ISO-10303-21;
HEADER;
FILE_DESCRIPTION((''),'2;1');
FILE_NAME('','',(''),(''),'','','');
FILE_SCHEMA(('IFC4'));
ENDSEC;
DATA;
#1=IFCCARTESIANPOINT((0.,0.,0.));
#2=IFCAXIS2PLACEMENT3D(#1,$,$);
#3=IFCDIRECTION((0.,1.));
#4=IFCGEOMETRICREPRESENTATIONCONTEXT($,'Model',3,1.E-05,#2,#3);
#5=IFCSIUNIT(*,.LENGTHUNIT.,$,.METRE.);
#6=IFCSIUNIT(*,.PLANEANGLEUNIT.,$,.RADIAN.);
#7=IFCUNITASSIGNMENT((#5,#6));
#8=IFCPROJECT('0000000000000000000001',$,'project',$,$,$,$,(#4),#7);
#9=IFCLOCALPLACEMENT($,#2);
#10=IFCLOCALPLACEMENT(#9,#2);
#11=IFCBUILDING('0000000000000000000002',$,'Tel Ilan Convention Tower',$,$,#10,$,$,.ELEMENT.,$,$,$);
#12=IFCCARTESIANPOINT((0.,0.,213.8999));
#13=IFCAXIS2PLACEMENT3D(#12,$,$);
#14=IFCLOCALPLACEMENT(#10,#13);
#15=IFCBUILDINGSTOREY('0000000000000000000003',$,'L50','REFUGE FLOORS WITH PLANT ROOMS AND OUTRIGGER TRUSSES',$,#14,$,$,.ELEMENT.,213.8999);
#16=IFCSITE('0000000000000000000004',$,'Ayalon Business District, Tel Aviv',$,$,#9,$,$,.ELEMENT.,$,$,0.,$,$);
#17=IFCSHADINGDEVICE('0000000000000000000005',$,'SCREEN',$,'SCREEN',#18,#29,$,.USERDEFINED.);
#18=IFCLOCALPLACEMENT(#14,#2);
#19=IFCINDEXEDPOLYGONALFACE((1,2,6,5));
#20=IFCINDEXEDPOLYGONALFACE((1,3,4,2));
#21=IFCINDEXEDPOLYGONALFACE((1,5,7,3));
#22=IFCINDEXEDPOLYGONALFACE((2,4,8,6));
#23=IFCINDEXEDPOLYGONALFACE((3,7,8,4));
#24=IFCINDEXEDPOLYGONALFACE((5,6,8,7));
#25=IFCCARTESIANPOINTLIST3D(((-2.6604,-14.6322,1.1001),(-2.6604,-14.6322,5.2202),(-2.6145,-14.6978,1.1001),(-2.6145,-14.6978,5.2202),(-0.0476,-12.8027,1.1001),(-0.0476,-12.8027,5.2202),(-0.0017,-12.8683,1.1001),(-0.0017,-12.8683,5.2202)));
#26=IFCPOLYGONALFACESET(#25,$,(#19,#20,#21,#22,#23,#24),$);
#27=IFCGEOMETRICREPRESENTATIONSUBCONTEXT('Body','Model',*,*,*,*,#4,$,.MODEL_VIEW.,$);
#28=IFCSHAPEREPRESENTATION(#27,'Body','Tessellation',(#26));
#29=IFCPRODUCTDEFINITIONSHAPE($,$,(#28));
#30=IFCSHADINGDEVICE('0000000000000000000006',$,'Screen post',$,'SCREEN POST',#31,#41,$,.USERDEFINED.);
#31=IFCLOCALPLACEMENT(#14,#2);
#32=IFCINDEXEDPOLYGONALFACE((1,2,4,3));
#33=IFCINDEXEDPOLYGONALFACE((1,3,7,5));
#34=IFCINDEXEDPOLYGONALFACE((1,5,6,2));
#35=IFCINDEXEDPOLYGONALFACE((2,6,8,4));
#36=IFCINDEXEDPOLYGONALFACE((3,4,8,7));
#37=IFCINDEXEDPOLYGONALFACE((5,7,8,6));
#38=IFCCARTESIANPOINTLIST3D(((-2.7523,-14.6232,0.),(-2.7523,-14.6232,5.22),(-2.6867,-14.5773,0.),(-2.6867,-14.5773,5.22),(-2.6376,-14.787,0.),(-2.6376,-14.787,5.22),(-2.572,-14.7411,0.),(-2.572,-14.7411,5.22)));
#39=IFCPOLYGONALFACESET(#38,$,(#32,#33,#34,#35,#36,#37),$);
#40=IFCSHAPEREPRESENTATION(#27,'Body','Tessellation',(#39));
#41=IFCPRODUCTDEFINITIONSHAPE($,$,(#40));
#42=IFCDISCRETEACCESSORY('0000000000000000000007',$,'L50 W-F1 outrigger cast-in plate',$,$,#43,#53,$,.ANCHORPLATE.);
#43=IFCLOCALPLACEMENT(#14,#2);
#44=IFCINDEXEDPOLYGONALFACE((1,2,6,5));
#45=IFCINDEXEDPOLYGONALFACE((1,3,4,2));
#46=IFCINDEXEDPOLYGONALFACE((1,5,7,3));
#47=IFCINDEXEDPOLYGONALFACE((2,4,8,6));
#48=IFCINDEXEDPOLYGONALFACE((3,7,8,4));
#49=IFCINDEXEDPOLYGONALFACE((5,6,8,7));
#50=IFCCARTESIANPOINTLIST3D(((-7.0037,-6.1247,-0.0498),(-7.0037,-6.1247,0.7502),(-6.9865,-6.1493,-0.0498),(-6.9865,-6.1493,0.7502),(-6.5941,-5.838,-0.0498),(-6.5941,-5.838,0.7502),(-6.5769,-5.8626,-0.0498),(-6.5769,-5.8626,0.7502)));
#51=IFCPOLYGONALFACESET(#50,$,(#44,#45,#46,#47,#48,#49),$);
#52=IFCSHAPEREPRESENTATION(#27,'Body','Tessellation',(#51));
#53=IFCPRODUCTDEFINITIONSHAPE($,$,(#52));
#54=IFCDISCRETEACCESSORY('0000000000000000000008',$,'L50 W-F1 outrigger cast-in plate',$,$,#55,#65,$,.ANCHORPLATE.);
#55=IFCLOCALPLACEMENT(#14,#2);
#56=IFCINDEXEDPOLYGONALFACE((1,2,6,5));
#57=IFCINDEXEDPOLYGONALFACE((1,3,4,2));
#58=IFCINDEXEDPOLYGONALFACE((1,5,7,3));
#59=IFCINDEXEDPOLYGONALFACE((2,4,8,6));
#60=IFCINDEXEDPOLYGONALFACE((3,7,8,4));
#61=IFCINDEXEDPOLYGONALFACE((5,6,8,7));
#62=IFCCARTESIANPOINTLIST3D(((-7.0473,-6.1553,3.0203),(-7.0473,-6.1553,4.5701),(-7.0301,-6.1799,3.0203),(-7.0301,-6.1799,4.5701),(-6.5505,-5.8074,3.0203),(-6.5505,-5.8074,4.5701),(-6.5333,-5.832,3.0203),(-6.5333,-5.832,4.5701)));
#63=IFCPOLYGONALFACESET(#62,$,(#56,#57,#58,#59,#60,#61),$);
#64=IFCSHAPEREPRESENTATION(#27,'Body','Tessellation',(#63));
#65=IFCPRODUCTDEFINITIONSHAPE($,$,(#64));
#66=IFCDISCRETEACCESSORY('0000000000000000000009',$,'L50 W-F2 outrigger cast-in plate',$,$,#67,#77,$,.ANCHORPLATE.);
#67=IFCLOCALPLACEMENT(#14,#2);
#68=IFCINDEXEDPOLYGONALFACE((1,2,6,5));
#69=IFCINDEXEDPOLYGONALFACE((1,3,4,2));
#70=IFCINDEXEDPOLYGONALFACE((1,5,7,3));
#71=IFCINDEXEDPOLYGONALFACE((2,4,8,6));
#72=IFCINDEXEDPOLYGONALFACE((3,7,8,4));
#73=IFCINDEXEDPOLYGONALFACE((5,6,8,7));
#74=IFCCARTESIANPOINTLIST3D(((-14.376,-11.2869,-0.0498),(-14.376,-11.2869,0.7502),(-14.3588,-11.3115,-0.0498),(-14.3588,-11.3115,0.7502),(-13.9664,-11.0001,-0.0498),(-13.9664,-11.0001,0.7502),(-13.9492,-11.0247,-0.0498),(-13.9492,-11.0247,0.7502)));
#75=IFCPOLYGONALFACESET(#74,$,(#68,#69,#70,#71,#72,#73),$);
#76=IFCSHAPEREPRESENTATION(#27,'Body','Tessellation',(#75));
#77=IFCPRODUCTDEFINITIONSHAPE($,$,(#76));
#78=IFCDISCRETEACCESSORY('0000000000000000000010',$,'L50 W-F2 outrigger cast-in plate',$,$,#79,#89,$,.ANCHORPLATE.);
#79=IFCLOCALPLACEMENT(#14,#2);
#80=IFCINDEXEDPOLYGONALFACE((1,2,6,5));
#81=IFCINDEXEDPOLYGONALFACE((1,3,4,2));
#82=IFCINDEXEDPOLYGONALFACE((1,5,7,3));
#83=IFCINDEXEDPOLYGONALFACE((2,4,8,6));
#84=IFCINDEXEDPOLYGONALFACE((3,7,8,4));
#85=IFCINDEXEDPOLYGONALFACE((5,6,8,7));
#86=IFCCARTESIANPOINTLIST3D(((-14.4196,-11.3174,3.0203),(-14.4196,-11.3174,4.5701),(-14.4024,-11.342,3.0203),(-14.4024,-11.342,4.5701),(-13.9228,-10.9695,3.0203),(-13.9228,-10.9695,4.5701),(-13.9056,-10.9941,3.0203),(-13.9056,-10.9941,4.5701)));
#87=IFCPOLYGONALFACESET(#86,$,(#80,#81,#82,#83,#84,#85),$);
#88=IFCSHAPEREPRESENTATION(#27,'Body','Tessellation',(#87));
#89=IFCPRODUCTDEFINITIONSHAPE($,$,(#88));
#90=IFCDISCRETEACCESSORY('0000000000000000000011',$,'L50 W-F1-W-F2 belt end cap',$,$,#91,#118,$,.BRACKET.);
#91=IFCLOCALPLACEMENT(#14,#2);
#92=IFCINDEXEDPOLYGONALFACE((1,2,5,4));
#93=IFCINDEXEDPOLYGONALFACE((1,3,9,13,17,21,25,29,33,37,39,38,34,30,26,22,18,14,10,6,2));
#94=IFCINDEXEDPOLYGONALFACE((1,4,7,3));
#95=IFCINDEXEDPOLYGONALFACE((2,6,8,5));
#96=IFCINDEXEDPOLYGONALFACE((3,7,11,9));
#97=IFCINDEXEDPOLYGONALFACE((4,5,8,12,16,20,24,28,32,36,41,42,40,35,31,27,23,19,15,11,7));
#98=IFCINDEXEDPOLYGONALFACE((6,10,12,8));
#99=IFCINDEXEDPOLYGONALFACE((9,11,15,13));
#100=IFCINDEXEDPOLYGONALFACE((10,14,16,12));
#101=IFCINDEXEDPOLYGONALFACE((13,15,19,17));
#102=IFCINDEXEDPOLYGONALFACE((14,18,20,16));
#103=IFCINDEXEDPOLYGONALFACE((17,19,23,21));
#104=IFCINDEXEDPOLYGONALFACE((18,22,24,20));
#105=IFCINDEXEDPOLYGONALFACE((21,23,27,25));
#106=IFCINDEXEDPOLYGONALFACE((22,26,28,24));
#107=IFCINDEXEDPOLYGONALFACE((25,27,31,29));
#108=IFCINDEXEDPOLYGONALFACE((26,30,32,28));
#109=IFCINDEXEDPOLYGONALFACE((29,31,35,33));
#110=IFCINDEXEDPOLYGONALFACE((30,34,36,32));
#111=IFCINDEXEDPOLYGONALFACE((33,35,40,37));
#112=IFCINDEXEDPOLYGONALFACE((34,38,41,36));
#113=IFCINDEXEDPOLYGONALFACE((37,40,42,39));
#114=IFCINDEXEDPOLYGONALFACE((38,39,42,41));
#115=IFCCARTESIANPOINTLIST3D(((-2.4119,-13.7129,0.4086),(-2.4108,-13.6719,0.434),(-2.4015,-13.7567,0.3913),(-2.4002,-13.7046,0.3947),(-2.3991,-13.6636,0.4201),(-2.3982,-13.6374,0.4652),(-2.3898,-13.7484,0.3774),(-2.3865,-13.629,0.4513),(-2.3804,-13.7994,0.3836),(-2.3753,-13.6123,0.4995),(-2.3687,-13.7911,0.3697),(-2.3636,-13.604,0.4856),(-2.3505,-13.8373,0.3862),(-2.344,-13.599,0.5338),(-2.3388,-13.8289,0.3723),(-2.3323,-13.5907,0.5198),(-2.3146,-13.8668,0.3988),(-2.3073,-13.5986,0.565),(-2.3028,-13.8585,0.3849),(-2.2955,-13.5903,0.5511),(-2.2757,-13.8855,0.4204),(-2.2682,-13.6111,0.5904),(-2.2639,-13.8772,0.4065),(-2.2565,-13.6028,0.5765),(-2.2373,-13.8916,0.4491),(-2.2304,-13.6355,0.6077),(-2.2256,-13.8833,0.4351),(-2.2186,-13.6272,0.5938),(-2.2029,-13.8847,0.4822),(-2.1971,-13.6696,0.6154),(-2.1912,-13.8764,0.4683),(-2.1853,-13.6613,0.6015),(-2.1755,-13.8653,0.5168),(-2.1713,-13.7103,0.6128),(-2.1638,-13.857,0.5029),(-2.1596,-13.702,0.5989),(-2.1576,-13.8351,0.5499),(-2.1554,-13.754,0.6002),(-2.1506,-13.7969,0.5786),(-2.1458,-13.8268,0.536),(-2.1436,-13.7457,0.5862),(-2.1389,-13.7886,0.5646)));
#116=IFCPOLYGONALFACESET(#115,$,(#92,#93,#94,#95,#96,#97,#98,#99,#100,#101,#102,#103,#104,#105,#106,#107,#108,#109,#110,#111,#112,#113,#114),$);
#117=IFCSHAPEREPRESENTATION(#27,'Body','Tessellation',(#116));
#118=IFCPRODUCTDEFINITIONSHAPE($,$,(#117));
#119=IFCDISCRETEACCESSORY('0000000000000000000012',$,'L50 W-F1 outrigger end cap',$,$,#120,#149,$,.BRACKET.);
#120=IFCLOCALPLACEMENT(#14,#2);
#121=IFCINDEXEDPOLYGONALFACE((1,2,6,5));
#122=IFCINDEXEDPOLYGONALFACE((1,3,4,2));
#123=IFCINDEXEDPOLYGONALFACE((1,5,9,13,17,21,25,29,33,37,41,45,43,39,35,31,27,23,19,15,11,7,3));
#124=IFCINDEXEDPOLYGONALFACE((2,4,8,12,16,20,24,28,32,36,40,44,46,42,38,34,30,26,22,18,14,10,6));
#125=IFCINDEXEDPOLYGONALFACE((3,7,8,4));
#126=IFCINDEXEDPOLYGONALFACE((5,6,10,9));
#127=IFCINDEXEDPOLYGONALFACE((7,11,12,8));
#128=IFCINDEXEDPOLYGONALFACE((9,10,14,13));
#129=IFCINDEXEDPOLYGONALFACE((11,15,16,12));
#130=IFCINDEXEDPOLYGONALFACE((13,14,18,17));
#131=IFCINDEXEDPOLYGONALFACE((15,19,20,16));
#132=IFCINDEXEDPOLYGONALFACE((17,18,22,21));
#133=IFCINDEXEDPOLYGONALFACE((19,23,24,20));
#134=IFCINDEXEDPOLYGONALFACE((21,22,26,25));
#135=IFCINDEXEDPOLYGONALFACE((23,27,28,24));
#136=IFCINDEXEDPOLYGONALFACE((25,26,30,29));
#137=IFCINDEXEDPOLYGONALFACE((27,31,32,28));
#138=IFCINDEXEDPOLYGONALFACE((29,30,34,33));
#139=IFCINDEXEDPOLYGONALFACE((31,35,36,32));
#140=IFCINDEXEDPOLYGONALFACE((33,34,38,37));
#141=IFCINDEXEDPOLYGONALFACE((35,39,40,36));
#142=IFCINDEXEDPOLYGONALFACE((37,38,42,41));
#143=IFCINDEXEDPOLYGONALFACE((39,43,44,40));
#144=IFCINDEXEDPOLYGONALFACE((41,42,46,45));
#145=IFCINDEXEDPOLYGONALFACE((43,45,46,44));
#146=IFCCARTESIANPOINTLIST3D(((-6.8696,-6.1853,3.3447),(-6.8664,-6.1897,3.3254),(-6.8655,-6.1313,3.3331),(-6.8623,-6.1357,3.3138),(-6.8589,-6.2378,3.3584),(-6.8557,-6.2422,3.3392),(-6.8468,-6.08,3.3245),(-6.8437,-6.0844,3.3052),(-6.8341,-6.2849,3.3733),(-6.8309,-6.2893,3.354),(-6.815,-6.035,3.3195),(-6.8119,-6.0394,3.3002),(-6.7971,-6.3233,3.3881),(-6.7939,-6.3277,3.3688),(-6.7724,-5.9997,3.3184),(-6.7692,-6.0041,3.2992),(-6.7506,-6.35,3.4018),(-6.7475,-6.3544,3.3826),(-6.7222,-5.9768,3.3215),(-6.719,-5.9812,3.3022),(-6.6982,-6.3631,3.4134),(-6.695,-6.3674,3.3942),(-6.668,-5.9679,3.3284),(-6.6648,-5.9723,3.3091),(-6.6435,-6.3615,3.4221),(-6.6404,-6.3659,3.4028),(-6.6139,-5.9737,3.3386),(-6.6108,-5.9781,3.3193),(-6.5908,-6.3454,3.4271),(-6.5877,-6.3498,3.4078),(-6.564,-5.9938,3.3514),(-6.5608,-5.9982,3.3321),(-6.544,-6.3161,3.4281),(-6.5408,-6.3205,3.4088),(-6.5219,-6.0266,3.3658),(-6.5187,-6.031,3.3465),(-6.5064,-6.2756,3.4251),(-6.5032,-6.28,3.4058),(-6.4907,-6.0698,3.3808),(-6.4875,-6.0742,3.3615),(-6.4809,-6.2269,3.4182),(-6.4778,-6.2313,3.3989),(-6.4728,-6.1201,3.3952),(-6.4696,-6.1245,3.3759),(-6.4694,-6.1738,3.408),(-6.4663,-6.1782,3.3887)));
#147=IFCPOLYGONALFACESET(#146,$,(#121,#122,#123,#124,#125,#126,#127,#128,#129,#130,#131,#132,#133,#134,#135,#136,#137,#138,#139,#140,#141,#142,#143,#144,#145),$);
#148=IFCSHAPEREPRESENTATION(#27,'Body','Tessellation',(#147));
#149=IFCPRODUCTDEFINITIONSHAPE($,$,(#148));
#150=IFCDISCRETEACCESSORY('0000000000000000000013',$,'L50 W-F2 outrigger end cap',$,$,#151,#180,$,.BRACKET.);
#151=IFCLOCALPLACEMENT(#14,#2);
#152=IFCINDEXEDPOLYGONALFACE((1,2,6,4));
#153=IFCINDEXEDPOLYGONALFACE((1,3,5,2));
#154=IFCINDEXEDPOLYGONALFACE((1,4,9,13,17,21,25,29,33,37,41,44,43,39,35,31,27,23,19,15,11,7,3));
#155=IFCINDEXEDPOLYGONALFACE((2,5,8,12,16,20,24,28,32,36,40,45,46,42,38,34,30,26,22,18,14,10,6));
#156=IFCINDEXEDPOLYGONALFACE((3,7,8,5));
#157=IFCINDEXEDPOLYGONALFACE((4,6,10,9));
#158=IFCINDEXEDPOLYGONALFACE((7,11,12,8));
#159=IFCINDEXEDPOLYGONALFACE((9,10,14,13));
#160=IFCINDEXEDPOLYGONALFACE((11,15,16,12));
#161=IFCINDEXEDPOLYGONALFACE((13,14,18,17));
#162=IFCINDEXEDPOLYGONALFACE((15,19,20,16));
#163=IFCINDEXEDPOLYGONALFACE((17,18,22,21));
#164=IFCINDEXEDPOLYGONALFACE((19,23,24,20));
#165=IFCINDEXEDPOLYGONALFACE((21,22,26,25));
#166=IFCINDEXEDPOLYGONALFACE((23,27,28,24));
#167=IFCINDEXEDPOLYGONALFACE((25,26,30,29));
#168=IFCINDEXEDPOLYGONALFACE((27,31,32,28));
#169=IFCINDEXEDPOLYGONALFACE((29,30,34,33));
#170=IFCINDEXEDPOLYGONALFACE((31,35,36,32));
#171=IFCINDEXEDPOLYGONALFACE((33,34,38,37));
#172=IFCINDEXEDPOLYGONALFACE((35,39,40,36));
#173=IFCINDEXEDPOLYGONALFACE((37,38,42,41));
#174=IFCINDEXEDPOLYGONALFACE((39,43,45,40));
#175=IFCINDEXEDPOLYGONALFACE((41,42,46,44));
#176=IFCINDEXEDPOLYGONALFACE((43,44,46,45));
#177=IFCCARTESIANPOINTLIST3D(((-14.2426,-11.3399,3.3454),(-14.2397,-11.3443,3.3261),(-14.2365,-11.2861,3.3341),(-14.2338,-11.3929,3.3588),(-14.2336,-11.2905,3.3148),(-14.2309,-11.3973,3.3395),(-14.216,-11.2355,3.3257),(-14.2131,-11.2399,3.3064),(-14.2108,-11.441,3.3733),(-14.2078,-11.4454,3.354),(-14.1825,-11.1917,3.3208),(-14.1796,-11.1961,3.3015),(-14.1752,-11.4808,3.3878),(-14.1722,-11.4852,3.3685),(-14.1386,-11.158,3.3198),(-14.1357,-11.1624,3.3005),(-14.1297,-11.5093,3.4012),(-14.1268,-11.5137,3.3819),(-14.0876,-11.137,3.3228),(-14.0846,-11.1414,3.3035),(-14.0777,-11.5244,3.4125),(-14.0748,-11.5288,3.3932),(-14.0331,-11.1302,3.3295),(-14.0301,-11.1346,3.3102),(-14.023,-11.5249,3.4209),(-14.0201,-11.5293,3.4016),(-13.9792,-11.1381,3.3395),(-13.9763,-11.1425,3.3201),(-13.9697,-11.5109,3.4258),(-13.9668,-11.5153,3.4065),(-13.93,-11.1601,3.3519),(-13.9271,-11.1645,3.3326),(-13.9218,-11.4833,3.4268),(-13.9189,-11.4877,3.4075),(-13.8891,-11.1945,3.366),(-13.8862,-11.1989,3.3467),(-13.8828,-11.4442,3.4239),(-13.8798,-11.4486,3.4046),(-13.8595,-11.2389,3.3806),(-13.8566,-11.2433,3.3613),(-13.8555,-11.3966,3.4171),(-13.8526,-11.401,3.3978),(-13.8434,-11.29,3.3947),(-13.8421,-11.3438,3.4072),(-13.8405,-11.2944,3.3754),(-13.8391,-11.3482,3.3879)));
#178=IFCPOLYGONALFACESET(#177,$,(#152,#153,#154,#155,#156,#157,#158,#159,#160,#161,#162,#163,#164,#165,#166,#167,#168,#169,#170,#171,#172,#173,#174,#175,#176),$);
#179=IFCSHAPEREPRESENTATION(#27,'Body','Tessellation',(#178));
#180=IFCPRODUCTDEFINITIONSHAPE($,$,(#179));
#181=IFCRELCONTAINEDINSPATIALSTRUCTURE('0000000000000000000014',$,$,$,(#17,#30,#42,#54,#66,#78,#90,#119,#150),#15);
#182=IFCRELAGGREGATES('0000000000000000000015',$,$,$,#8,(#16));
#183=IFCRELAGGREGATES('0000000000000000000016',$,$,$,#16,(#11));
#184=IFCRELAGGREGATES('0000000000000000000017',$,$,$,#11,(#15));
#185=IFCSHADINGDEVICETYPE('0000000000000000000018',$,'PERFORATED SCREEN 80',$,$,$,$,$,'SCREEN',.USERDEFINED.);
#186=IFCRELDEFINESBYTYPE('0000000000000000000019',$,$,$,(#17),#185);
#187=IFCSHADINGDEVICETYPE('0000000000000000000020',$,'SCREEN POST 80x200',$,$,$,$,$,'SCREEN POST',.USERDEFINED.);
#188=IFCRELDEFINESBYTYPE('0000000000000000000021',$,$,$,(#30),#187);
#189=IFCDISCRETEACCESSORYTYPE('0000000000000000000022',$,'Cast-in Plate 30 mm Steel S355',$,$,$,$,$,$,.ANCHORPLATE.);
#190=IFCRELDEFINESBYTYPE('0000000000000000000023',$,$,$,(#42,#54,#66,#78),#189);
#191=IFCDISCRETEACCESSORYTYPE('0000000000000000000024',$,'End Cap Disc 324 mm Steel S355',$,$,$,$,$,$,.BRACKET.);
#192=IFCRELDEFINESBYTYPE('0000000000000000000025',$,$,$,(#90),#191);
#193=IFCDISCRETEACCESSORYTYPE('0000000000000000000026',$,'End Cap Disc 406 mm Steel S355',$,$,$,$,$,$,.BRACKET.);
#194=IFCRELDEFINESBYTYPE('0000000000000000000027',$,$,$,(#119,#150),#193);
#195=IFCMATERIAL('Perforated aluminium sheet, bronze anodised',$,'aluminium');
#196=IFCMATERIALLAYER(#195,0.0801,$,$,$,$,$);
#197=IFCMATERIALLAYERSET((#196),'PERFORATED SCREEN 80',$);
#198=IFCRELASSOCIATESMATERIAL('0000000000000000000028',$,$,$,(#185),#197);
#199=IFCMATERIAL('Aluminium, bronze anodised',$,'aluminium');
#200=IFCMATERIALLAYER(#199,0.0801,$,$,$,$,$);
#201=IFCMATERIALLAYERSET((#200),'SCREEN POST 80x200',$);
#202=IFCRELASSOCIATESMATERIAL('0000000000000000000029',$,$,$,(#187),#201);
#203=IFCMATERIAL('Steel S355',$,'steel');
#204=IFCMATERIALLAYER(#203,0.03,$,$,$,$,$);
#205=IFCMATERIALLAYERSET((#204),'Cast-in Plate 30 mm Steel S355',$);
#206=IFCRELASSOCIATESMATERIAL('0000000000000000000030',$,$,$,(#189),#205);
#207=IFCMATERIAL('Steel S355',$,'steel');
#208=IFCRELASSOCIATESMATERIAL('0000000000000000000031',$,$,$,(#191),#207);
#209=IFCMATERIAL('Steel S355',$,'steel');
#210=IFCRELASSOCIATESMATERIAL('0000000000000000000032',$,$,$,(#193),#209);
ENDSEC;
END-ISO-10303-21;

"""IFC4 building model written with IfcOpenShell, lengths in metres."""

from ifc_helpers import new_model, si_unit, direction, frame, origin, origin_2d, place, context, subcontext, project, spatial, rectangle, circle, extrude, material, layer, layer_set, material_profile, profile_set, type_object, element, save


model = new_model("IFC4")

# Units and contexts
model_context = context("Model", 3, precision=1e-05, world=origin(), true_north=direction((0.0, 1.0)))
body_context = subcontext(model_context, "Body", "Model", "MODEL_VIEW")
ifc_project = project(units=[si_unit("LENGTHUNIT", "METRE"), si_unit("PLANEANGLEUNIT", "RADIAN")], contexts=[model_context])

# Site, building, storey
site_placement = place(None, origin())
site = spatial("IfcSite", under=ifc_project, at=site_placement, Name="Ayalon Business District, Tel Aviv", CompositionType="ELEMENT", RefElevation=0.0)
building_placement = place(site_placement, origin())
building = spatial("IfcBuilding", under=site, at=building_placement, Name="Tel Ilan Convention Tower", CompositionType="ELEMENT")
storey_placement = place(building_placement, frame((0.0, 0.0, 213.8999)))
storey = spatial("IfcBuildingStorey", under=building, at=storey_placement, Name="L50", Description="REFUGE FLOORS WITH PLANT ROOMS AND OUTRIGGER TRUSSES", CompositionType="ELEMENT", Elevation=213.8999)

# Shading devices
ifc_material_1 = material(Name="Perforated aluminium sheet, bronze anodised", Category="aluminium")
ifc_layer_1 = layer(ifc_material_1, 0.0801)
ifc_layer_set_1 = layer_set([ifc_layer_1], Name="PERFORATED SCREEN 80")
shading_device_type_1 = type_object("IfcShadingDeviceType", Name="PERFORATED SCREEN 80", ElementType="SCREEN", PredefinedType="USERDEFINED", material=ifc_layer_set_1)
shading_device_1_placement = place(storey_placement, frame((-1.3311, -13.7502, 1.1001), z_axis=(0.0, 0.0, 1.0), x_axis=(0.819152, 0.573576, 0.0)))
element("IfcShadingDevice", 1, at=shading_device_1_placement, inside=storey, type_object=shading_device_type_1, Name="SCREEN", ObjectType="SCREEN", PredefinedType="USERDEFINED", context=body_context, shape_type="SweptSolid", body=[
    extrude(rectangle(XDim=3.1897, YDim=0.0801, at=origin_2d()), origin(), (0.0, 0.0, 1.0), 4.1201),
])
ifc_material_2 = material(Name="Aluminium, bronze anodised", Category="aluminium")
ifc_layer_2 = layer(ifc_material_2, 0.0801)
ifc_layer_set_2 = layer_set([ifc_layer_2], Name="SCREEN POST 80x200")
shading_device_type_2 = type_object("IfcShadingDeviceType", Name="SCREEN POST 80x200", ElementType="SCREEN POST", PredefinedType="USERDEFINED", material=ifc_layer_set_2)
shading_device_2_placement = place(storey_placement, frame((-2.6621, -14.6821, 0.0), z_axis=(0.0, 0.0, 1.0), x_axis=(0.819152, 0.573576, 0.0)))
element("IfcShadingDevice", 2, at=shading_device_2_placement, inside=storey, type_object=shading_device_type_2, Name="Screen post", ObjectType="SCREEN POST", PredefinedType="USERDEFINED", context=body_context, shape_type="SweptSolid", body=[
    extrude(rectangle(XDim=0.0801, YDim=0.2, at=origin_2d()), origin(), (0.0, 0.0, 1.0), 5.22),
])

# Discrete accessories
ifc_material_3 = material(Name="Steel S355", Category="steel")
ifc_layer_3 = layer(ifc_material_3, 0.03)
ifc_layer_set_3 = layer_set([ifc_layer_3], Name="Cast-in Plate 30 mm Steel S355")
discrete_accessory_type_1 = type_object("IfcDiscreteAccessoryType", Name="Cast-in Plate 30 mm Steel S355", PredefinedType="ANCHORPLATE", material=ifc_layer_set_3)
discrete_accessory_1_placement = place(storey_placement, frame((-6.7903, -5.9937, -0.0498), z_axis=(0.0, 0.0, 1.0), x_axis=(-0.573576, 0.819152, 0.0)))
element("IfcDiscreteAccessory", 3, at=discrete_accessory_1_placement, inside=storey, type_object=discrete_accessory_type_1, Name="L50 W-F1 outrigger cast-in plate", PredefinedType="ANCHORPLATE", context=body_context, shape_type="SweptSolid", body=[
    extrude(rectangle(XDim=0.03, YDim=0.5, at=origin_2d()), origin(), (0.0, 0.0, 1.0), 0.8),
])
discrete_accessory_2_placement = place(storey_placement, frame((-6.7903, -5.9937, 3.0203), z_axis=(0.0, 0.0, 1.0), x_axis=(-0.573576, 0.819152, 0.0)))
element("IfcDiscreteAccessory", 4, at=discrete_accessory_2_placement, inside=storey, type_object=discrete_accessory_type_1, Name="L50 W-F1 outrigger cast-in plate", PredefinedType="ANCHORPLATE", context=body_context, shape_type="SweptSolid", body=[
    extrude(rectangle(XDim=0.03, YDim=0.6064, at=origin_2d()), origin(), (0.0, 0.0, 1.0), 1.5498),
])
discrete_accessory_3_placement = place(storey_placement, frame((-14.1626, -11.1558, -0.0498), z_axis=(0.0, 0.0, 1.0), x_axis=(-0.573576, 0.819152, 0.0)))
element("IfcDiscreteAccessory", 5, at=discrete_accessory_3_placement, inside=storey, type_object=discrete_accessory_type_1, Name="L50 W-F2 outrigger cast-in plate", PredefinedType="ANCHORPLATE", context=body_context, shape_type="SweptSolid", body=[
    extrude(rectangle(XDim=0.03, YDim=0.5, at=origin_2d()), origin(), (0.0, 0.0, 1.0), 0.8),
])
discrete_accessory_4_placement = place(storey_placement, frame((-14.1626, -11.1558, 3.0203), z_axis=(0.0, 0.0, 1.0), x_axis=(-0.573576, 0.819152, 0.0)))
element("IfcDiscreteAccessory", 6, at=discrete_accessory_4_placement, inside=storey, type_object=discrete_accessory_type_1, Name="L50 W-F2 outrigger cast-in plate", PredefinedType="ANCHORPLATE", context=body_context, shape_type="SweptSolid", body=[
    extrude(rectangle(XDim=0.03, YDim=0.6064, at=origin_2d()), origin(), (0.0, 0.0, 1.0), 1.5498),
])
ifc_material_4 = material(Name="Steel S355", Category="steel")
ifc_material_profile_1 = material_profile(ifc_material_4, circle(Radius=0.1619, at=origin_2d()), Name="End Cap Disc 324 mm Steel S355")
ifc_profile_set_1 = profile_set([ifc_material_profile_1], Name="Steel S355")
discrete_accessory_type_2 = type_object("IfcDiscreteAccessoryType", Name="End Cap Disc 324 mm Steel S355", PredefinedType="BRACKET", material=ifc_profile_set_1)
discrete_accessory_5_placement = place(storey_placement, frame((-2.2817, -13.7444, 0.4995), z_axis=(0.58602, 0.415097, -0.695899), x_axis=(-0.578017, 0.816024, 0.0)))
element("IfcDiscreteAccessory", 7, at=discrete_accessory_5_placement, inside=storey, type_object=discrete_accessory_type_2, Name="L50 W-F1-W-F2 belt end cap", PredefinedType="BRACKET", context=body_context, shape_type="SweptSolid", body=[
    extrude(circle(Radius=0.1619, at=origin_2d()), origin(), (0.0, 0.0, 1.0), 0.02),
])
ifc_material_5 = material(Name="Steel S355", Category="steel")
ifc_material_profile_2 = material_profile(ifc_material_5, circle(Radius=0.2031, at=origin_2d()), Name="End Cap Disc 406 mm Steel S355")
ifc_profile_set_2 = profile_set([ifc_material_profile_2], Name="Steel S355")
discrete_accessory_type_3 = type_object("IfcDiscreteAccessoryType", Name="End Cap Disc 406 mm Steel S355", PredefinedType="BRACKET", material=ifc_profile_set_2)
for number, where, z_axis, x_axis, name in (
    (8, (-6.6663, -6.1704, 3.354), (-0.158419, 0.219349, 0.962699), (-0.810679, -0.585491, 0.0), "L50 W-F1 outrigger end cap"),
    (9, (-14.0388, -11.3328, 3.354), (-0.146505, 0.219757, 0.964491), (-0.83205, -0.5547, 0.0), "L50 W-F2 outrigger end cap"),
):
    element("IfcDiscreteAccessory", number, at=place(storey_placement, frame(where, z_axis=z_axis, x_axis=x_axis)), inside=storey, type_object=discrete_accessory_type_3, Name=name, PredefinedType="BRACKET", context=body_context, shape_type="SweptSolid", body=[
        extrude(circle(Radius=0.2031, at=origin_2d()), origin(), (0.0, 0.0, 1.0), 0.02),
    ])

save(model, "model.ifc")
